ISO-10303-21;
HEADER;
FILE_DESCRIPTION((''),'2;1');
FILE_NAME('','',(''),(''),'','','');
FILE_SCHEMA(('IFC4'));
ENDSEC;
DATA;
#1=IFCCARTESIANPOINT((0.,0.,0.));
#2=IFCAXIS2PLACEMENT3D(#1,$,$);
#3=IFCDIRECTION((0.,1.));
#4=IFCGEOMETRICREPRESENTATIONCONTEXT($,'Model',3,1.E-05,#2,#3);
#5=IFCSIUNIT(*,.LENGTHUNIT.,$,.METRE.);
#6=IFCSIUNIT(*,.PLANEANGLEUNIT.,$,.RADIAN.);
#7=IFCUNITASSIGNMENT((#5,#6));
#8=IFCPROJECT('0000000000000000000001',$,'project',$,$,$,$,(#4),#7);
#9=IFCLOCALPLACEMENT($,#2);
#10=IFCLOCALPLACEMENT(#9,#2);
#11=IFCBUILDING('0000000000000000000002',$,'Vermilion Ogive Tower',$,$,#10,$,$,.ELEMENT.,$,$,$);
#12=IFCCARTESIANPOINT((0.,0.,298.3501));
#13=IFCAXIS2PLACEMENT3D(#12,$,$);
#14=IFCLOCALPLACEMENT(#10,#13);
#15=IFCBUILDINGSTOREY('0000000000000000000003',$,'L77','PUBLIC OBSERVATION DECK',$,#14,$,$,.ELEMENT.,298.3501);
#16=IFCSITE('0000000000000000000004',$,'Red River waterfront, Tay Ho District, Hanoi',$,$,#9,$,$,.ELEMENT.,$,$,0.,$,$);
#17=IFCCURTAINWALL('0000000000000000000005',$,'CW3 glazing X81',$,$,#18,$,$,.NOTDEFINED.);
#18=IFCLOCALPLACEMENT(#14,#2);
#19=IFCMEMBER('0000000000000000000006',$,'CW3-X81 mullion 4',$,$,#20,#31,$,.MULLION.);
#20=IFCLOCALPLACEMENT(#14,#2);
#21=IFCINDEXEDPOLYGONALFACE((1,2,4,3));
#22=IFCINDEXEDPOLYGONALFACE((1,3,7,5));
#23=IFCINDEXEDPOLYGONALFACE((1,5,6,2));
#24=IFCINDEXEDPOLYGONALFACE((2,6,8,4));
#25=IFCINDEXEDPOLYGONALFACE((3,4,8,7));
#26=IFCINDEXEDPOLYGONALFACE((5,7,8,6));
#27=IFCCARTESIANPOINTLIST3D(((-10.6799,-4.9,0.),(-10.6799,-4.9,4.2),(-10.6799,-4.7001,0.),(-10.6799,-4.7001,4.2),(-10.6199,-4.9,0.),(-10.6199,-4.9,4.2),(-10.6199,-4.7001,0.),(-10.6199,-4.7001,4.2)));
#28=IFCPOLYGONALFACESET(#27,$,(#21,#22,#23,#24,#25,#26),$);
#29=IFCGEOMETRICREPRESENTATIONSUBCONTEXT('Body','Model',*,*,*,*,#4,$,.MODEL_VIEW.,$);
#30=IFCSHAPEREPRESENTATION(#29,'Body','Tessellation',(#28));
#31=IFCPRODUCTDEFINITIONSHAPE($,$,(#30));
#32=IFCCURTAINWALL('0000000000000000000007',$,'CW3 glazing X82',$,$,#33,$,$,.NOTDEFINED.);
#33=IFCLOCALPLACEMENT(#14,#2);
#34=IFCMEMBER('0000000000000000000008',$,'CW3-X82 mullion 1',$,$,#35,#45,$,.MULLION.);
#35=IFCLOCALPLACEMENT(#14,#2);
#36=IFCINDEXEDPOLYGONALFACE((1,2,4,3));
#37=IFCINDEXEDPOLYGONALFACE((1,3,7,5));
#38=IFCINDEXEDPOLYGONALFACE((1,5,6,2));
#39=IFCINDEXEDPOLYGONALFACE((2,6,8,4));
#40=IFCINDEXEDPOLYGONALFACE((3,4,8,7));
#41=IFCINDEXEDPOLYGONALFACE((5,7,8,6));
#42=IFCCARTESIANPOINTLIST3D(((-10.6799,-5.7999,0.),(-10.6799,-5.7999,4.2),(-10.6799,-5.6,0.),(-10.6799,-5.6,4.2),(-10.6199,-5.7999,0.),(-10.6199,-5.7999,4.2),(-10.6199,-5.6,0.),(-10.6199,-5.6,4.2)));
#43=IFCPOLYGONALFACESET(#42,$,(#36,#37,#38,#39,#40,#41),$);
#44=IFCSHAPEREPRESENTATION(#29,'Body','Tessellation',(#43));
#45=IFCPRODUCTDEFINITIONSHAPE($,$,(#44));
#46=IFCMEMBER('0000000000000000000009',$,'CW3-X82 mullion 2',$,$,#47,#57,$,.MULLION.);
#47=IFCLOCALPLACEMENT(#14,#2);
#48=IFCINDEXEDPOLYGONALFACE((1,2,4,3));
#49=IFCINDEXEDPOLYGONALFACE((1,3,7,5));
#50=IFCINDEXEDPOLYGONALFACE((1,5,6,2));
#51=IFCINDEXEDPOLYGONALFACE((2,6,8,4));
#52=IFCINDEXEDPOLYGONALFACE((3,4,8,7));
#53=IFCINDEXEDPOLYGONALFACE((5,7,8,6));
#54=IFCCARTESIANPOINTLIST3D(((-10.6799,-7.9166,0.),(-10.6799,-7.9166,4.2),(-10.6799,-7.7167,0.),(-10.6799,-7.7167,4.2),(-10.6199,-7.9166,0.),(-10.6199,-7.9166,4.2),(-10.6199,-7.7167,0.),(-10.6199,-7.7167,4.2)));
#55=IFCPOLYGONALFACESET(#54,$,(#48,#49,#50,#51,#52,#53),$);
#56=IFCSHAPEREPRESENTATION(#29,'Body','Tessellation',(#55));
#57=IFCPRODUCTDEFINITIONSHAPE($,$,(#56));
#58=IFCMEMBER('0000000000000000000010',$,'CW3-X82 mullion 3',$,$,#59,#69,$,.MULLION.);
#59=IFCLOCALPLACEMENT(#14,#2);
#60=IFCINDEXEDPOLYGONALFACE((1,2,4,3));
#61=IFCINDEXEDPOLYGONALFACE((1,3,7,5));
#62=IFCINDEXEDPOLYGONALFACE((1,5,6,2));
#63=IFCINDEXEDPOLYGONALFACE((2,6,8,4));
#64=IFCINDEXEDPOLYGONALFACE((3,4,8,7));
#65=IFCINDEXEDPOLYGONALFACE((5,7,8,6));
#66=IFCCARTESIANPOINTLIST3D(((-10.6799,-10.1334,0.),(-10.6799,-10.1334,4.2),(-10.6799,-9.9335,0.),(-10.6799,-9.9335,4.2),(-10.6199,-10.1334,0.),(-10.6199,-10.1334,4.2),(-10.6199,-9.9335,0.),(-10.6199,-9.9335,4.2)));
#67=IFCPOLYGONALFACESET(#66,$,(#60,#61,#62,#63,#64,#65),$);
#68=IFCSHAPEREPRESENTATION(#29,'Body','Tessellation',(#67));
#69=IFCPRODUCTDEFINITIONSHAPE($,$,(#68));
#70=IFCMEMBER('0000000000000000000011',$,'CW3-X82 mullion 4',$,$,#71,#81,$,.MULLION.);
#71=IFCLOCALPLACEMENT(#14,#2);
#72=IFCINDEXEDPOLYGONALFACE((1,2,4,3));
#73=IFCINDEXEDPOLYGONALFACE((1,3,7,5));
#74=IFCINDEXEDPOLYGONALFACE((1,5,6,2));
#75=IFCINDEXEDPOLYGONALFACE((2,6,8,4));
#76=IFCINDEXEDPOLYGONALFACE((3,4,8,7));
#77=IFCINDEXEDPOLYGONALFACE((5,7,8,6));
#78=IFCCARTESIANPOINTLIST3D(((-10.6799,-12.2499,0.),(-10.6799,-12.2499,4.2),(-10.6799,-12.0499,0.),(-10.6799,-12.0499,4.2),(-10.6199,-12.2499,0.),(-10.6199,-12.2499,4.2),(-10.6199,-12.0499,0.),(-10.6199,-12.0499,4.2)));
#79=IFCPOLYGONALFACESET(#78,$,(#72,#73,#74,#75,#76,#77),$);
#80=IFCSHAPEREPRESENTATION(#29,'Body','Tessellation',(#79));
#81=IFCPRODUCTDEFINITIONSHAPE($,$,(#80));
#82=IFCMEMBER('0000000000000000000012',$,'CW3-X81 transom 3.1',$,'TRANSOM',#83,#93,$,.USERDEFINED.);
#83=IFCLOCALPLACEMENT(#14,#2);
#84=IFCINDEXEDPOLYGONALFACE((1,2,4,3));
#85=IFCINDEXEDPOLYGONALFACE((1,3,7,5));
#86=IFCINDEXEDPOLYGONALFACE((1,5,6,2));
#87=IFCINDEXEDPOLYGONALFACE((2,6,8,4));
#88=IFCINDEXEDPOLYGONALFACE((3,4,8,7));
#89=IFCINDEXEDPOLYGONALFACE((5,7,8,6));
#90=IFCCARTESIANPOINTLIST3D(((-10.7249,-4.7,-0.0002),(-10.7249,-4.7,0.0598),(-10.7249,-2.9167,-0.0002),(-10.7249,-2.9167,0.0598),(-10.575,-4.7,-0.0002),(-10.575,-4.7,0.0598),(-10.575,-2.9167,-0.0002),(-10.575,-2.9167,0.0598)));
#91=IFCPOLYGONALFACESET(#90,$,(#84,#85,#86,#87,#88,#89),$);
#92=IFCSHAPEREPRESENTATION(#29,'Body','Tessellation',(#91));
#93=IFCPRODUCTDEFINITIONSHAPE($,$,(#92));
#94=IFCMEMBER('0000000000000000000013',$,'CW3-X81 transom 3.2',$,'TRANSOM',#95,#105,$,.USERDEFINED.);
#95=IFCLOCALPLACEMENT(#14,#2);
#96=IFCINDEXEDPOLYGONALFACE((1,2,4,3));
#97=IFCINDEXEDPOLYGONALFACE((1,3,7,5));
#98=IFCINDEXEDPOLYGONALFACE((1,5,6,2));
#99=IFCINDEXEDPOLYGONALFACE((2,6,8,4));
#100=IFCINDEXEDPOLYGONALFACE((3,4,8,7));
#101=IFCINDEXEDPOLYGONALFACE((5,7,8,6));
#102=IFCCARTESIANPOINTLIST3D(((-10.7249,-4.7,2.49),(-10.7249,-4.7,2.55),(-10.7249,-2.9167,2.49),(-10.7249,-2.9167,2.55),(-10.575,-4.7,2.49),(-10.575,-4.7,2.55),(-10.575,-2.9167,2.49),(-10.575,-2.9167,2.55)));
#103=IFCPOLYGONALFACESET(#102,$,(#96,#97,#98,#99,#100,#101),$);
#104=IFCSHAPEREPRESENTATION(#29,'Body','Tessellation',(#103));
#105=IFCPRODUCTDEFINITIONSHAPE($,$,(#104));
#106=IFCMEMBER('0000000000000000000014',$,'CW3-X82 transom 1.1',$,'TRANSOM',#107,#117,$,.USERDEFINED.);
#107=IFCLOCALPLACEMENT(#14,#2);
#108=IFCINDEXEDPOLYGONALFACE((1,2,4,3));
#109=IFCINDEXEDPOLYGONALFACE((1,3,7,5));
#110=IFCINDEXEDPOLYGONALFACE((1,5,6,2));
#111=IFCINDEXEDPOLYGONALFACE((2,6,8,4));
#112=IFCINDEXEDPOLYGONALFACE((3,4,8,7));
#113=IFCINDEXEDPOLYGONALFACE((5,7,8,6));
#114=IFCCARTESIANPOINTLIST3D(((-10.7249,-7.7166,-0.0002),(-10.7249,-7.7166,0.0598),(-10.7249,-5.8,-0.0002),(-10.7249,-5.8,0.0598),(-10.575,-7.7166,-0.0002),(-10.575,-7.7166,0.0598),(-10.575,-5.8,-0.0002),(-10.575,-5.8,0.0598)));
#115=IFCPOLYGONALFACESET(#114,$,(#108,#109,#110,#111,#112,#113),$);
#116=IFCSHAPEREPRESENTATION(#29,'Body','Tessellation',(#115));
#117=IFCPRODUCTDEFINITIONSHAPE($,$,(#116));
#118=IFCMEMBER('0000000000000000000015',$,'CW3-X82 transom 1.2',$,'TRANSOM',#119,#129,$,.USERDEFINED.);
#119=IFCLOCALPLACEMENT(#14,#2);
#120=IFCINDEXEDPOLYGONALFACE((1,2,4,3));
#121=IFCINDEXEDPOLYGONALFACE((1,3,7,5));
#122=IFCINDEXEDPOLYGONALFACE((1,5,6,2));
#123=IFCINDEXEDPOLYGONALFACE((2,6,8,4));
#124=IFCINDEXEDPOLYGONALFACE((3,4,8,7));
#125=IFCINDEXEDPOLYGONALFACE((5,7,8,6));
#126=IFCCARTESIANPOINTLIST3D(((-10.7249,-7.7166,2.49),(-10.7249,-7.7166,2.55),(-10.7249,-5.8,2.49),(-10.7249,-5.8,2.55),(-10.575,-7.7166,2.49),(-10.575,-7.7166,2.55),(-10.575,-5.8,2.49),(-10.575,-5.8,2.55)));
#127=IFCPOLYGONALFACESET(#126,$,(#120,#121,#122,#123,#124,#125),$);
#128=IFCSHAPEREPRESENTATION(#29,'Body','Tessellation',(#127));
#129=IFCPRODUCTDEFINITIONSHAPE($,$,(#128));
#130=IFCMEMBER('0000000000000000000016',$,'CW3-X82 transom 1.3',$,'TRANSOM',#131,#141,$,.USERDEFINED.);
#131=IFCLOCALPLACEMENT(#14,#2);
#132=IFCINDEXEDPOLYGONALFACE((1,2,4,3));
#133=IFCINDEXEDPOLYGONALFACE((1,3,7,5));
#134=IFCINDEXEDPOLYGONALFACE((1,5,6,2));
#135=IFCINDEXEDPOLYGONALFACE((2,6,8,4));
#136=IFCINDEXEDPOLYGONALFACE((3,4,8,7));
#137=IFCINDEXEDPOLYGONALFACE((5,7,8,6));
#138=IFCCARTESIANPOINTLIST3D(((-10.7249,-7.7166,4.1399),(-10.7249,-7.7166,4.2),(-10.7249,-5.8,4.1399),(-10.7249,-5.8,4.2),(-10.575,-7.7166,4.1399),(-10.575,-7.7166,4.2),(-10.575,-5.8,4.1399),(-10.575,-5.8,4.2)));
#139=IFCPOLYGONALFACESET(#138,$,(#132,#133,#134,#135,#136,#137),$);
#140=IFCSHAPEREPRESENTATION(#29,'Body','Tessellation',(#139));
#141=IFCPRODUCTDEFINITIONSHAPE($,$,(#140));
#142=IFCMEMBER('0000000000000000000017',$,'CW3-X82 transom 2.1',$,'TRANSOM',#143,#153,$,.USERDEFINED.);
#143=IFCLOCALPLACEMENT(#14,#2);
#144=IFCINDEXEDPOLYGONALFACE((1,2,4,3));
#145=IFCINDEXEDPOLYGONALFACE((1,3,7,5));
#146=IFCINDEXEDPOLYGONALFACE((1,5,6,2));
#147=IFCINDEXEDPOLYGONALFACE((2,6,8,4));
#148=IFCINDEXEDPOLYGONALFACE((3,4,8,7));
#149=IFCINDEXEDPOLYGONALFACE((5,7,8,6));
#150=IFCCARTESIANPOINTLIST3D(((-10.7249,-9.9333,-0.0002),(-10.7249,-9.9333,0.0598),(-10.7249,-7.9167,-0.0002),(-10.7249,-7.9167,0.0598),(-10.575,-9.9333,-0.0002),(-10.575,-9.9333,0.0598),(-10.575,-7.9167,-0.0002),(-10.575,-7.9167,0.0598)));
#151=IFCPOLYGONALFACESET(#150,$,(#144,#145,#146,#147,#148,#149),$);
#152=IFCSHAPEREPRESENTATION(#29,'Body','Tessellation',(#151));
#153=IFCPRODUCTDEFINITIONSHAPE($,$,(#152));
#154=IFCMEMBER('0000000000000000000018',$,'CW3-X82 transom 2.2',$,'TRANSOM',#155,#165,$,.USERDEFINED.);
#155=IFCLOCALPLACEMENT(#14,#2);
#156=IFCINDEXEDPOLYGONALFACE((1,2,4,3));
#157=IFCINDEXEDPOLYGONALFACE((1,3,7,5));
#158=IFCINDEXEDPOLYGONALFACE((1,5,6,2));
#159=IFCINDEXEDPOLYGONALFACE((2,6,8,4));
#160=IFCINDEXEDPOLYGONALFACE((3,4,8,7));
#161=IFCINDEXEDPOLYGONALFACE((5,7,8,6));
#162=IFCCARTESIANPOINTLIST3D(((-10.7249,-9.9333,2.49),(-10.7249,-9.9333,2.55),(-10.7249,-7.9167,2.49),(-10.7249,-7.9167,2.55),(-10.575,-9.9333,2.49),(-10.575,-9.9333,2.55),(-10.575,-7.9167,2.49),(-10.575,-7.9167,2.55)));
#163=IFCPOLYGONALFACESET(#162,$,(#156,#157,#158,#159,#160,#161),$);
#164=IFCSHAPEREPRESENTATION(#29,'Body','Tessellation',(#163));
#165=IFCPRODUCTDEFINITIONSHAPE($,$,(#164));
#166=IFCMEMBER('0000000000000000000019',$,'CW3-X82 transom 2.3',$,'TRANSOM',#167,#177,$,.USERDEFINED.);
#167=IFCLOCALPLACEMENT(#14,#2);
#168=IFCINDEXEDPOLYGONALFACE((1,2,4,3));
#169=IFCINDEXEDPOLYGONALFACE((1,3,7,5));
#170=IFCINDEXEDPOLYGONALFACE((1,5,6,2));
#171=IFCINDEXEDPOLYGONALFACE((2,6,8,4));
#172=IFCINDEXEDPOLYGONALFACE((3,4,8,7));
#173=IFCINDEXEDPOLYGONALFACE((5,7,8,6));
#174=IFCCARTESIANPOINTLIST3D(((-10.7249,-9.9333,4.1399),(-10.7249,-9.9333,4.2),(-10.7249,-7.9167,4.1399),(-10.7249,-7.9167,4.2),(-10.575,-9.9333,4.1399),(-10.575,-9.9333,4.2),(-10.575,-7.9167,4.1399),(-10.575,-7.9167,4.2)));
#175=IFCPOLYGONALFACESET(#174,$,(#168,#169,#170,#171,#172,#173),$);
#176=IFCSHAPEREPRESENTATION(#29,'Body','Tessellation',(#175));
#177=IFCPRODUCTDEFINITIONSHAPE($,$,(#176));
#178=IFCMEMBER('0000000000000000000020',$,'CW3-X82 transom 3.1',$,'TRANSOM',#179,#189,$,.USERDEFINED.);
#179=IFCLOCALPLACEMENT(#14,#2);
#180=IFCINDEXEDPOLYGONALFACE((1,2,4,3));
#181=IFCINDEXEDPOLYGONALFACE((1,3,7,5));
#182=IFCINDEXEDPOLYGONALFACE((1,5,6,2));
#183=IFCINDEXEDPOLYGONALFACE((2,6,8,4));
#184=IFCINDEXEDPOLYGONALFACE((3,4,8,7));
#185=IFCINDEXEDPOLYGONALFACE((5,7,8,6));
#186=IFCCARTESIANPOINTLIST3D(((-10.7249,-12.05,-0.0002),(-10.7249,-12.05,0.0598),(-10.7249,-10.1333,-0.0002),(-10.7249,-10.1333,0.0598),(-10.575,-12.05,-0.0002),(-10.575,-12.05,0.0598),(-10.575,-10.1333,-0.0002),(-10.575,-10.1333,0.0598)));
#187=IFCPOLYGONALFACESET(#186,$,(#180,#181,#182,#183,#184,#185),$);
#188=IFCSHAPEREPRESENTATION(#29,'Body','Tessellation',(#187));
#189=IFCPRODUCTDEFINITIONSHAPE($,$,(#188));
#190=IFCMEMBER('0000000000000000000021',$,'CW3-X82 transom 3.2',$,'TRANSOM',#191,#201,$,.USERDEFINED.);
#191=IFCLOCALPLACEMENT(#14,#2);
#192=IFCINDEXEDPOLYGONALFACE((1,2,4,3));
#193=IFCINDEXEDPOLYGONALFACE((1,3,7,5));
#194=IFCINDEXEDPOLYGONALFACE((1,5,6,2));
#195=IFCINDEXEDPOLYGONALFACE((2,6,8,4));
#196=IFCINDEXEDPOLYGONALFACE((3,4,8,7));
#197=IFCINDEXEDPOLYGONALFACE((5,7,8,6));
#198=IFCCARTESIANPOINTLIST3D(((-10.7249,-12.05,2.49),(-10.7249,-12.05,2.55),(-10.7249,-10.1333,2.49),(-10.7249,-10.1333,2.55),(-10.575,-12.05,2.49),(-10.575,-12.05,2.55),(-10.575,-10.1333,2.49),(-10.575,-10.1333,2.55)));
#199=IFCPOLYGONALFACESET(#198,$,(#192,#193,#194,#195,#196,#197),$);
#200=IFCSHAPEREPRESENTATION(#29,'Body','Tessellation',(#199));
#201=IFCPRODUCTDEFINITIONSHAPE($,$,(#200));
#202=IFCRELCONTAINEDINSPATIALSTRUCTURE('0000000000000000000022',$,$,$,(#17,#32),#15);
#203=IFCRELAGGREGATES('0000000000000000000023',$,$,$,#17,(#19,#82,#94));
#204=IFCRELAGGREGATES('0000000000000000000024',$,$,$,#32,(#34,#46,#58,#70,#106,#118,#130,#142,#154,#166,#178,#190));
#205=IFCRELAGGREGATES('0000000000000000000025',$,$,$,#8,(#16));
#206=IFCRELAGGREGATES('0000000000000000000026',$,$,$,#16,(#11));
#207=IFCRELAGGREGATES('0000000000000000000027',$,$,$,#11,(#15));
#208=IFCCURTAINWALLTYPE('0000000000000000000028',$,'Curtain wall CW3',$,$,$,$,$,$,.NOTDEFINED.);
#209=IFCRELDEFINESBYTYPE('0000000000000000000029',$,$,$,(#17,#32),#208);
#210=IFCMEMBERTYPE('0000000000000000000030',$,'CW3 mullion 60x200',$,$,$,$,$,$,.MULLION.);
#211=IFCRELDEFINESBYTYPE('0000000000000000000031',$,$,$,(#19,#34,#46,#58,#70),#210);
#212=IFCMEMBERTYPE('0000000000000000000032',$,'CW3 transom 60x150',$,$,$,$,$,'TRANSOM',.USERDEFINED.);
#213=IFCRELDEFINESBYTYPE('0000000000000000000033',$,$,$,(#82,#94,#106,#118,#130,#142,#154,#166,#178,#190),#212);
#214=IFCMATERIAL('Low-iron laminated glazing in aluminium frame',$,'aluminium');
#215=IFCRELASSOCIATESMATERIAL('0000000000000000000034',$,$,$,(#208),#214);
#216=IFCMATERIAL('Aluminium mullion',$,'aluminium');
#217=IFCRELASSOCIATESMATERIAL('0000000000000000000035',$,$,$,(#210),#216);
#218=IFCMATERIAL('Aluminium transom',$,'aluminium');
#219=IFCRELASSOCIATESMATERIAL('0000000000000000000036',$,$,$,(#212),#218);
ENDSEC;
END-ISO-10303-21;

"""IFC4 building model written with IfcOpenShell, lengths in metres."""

from ifc_helpers import new_model, si_unit, direction, frame, origin, origin_2d, place, context, subcontext, project, spatial, rectangle, extrude, material, material_profile, profile_set, type_object, element, aggregate, save


model = new_model("IFC4")

# Units and contexts
model_context = context("Model", 3, precision=1e-05, world=origin(), true_north=direction((0.0, 1.0)))
body_context = subcontext(model_context, "Body", "Model", "MODEL_VIEW")
ifc_project = project(units=[si_unit("LENGTHUNIT", "METRE"), si_unit("PLANEANGLEUNIT", "RADIAN")], contexts=[model_context])

# Site, building, storey
site_placement = place(None, origin())
site = spatial("IfcSite", under=ifc_project, at=site_placement, Name="Red River waterfront, Tay Ho District, Hanoi", CompositionType="ELEMENT", RefElevation=0.0)
building_placement = place(site_placement, origin())
building = spatial("IfcBuilding", under=site, at=building_placement, Name="Vermilion Ogive Tower", CompositionType="ELEMENT")
storey_placement = place(building_placement, frame((0.0, 0.0, 298.3501)))
storey = spatial("IfcBuildingStorey", under=building, at=storey_placement, Name="L77", Description="PUBLIC OBSERVATION DECK", CompositionType="ELEMENT", Elevation=298.3501)

# Curtain wall, member
ifc_material_1 = material(Name="Low-iron laminated glazing in aluminium frame", Category="aluminium")
curtain_wall_type = type_object("IfcCurtainWallType", Name="Curtain wall CW3", PredefinedType="NOTDEFINED", material=ifc_material_1)
curtain_wall_1_placement = place(storey_placement, origin())
curtain_wall_1 = element("IfcCurtainWall", 1, at=curtain_wall_1_placement, inside=storey, type_object=curtain_wall_type, Name="CW3 glazing X81", PredefinedType="NOTDEFINED")
ifc_material_2 = material(Name="Aluminium mullion", Category="aluminium")
ifc_material_profile_1 = material_profile(ifc_material_2, rectangle(XDim=0.0601, YDim=0.2, at=origin_2d()), Name="AL 60x200")
ifc_profile_set_1 = profile_set([ifc_material_profile_1], Name="Aluminium mullion")
member_type_1 = type_object("IfcMemberType", Name="CW3 mullion 60x200", PredefinedType="MULLION", material=ifc_profile_set_1)
member_1_placement = place(storey_placement, frame((-10.6499, -4.8, 0.0), z_axis=(0.0, 0.0, 1.0), x_axis=(1.0, 0.0, 0.0)))
member_1 = element("IfcMember", 2, at=member_1_placement, type_object=member_type_1, Name="CW3-X81 mullion 4", PredefinedType="MULLION", context=body_context, shape_type="SweptSolid", body=[
    extrude(rectangle(XDim=0.0601, YDim=0.2, at=origin_2d()), origin(), (0.0, 0.0, 1.0), 4.2),
])

# Curtain wall, members
curtain_wall_2_placement = place(storey_placement, origin())
curtain_wall_2 = element("IfcCurtainWall", 3, at=curtain_wall_2_placement, inside=storey, type_object=curtain_wall_type, Name="CW3 glazing X82", PredefinedType="NOTDEFINED")
member_2_placement = place(storey_placement, frame((-10.6499, -5.7, 0.0), z_axis=(0.0, 0.0, 1.0), x_axis=(1.0, 0.0, 0.0)))
member_2 = element("IfcMember", 4, at=member_2_placement, type_object=member_type_1, Name="CW3-X82 mullion 1", PredefinedType="MULLION", context=body_context, shape_type="SweptSolid", body=[
    extrude(rectangle(XDim=0.0601, YDim=0.2, at=origin_2d()), origin(), (0.0, 0.0, 1.0), 4.2),
])
member_3_placement = place(storey_placement, frame((-10.6499, -7.8167, 0.0), z_axis=(0.0, 0.0, 1.0), x_axis=(1.0, 0.0, 0.0)))
member_3 = element("IfcMember", 5, at=member_3_placement, type_object=member_type_1, Name="CW3-X82 mullion 2", PredefinedType="MULLION", context=body_context, shape_type="SweptSolid", body=[
    extrude(rectangle(XDim=0.0601, YDim=0.2, at=origin_2d()), origin(), (0.0, 0.0, 1.0), 4.2),
])
member_4_placement = place(storey_placement, frame((-10.6499, -10.0334, 0.0), z_axis=(0.0, 0.0, 1.0), x_axis=(1.0, 0.0, 0.0)))
member_4 = element("IfcMember", 6, at=member_4_placement, type_object=member_type_1, Name="CW3-X82 mullion 3", PredefinedType="MULLION", context=body_context, shape_type="SweptSolid", body=[
    extrude(rectangle(XDim=0.0601, YDim=0.2, at=origin_2d()), origin(), (0.0, 0.0, 1.0), 4.2),
])
member_5_placement = place(storey_placement, frame((-10.6499, -12.1499, 0.0), z_axis=(0.0, 0.0, 1.0), x_axis=(1.0, 0.0, 0.0)))
member_5 = element("IfcMember", 7, at=member_5_placement, type_object=member_type_1, Name="CW3-X82 mullion 4", PredefinedType="MULLION", context=body_context, shape_type="SweptSolid", body=[
    extrude(rectangle(XDim=0.0601, YDim=0.2, at=origin_2d()), origin(), (0.0, 0.0, 1.0), 4.2),
])

# Members
ifc_material_3 = material(Name="Aluminium transom", Category="aluminium")
ifc_material_profile_2 = material_profile(ifc_material_3, rectangle(XDim=0.1499, YDim=0.0601, at=origin_2d()), Name="AL 60x150")
ifc_profile_set_2 = profile_set([ifc_material_profile_2], Name="Aluminium transom")
member_type_2 = type_object("IfcMemberType", Name="CW3 transom 60x150", ElementType="TRANSOM", PredefinedType="USERDEFINED", material=ifc_profile_set_2)
member_6_placement = place(storey_placement, frame((-10.6499, -2.9167, 0.0298), z_axis=(0.0, -1.0, 0.0), x_axis=(1.0, 0.0, 0.0)))
member_6 = element("IfcMember", 8, at=member_6_placement, type_object=member_type_2, Name="CW3-X81 transom 3.1", ObjectType="TRANSOM", PredefinedType="USERDEFINED", context=body_context, shape_type="SweptSolid", body=[
    extrude(rectangle(XDim=0.1499, YDim=0.0601, at=origin_2d()), origin(), (0.0, 0.0, 1.0), 1.7832),
])
member_7_placement = place(storey_placement, frame((-10.6499, -2.9167, 2.52), z_axis=(0.0, -1.0, 0.0), x_axis=(1.0, 0.0, 0.0)))
member_7 = element("IfcMember", 9, at=member_7_placement, type_object=member_type_2, Name="CW3-X81 transom 3.2", ObjectType="TRANSOM", PredefinedType="USERDEFINED", context=body_context, shape_type="SweptSolid", body=[
    extrude(rectangle(XDim=0.1499, YDim=0.0601, at=origin_2d()), origin(), (0.0, 0.0, 1.0), 1.7832),
])
member_8_placement = place(storey_placement, frame((-10.6499, -5.8, 0.0298), z_axis=(0.0, -1.0, 0.0), x_axis=(1.0, 0.0, 0.0)))
member_8 = element("IfcMember", 10, at=member_8_placement, type_object=member_type_2, Name="CW3-X82 transom 1.1", ObjectType="TRANSOM", PredefinedType="USERDEFINED", context=body_context, shape_type="SweptSolid", body=[
    extrude(rectangle(XDim=0.1499, YDim=0.0601, at=origin_2d()), origin(), (0.0, 0.0, 1.0), 1.9165),
])
member_9_placement = place(storey_placement, frame((-10.6499, -5.8, 2.52), z_axis=(0.0, -1.0, 0.0), x_axis=(1.0, 0.0, 0.0)))
member_9 = element("IfcMember", 11, at=member_9_placement, type_object=member_type_2, Name="CW3-X82 transom 1.2", ObjectType="TRANSOM", PredefinedType="USERDEFINED", context=body_context, shape_type="SweptSolid", body=[
    extrude(rectangle(XDim=0.1499, YDim=0.0601, at=origin_2d()), origin(), (0.0, 0.0, 1.0), 1.9165),
])
member_10_placement = place(storey_placement, frame((-10.6499, -5.8, 4.1699), z_axis=(0.0, -1.0, 0.0), x_axis=(1.0, 0.0, 0.0)))
member_10 = element("IfcMember", 12, at=member_10_placement, type_object=member_type_2, Name="CW3-X82 transom 1.3", ObjectType="TRANSOM", PredefinedType="USERDEFINED", context=body_context, shape_type="SweptSolid", body=[
    extrude(rectangle(XDim=0.1499, YDim=0.0601, at=origin_2d()), origin(), (0.0, 0.0, 1.0), 1.9165),
])
member_11_placement = place(storey_placement, frame((-10.6499, -7.9167, 0.0298), z_axis=(0.0, -1.0, 0.0), x_axis=(1.0, 0.0, 0.0)))
member_11 = element("IfcMember", 13, at=member_11_placement, type_object=member_type_2, Name="CW3-X82 transom 2.1", ObjectType="TRANSOM", PredefinedType="USERDEFINED", context=body_context, shape_type="SweptSolid", body=[
    extrude(rectangle(XDim=0.1499, YDim=0.0601, at=origin_2d()), origin(), (0.0, 0.0, 1.0), 2.0166),
])
member_12_placement = place(storey_placement, frame((-10.6499, -7.9167, 2.52), z_axis=(0.0, -1.0, 0.0), x_axis=(1.0, 0.0, 0.0)))
member_12 = element("IfcMember", 14, at=member_12_placement, type_object=member_type_2, Name="CW3-X82 transom 2.2", ObjectType="TRANSOM", PredefinedType="USERDEFINED", context=body_context, shape_type="SweptSolid", body=[
    extrude(rectangle(XDim=0.1499, YDim=0.0601, at=origin_2d()), origin(), (0.0, 0.0, 1.0), 2.0166),
])
member_13_placement = place(storey_placement, frame((-10.6499, -7.9167, 4.1699), z_axis=(0.0, -1.0, 0.0), x_axis=(1.0, 0.0, 0.0)))
member_13 = element("IfcMember", 15, at=member_13_placement, type_object=member_type_2, Name="CW3-X82 transom 2.3", ObjectType="TRANSOM", PredefinedType="USERDEFINED", context=body_context, shape_type="SweptSolid", body=[
    extrude(rectangle(XDim=0.1499, YDim=0.0601, at=origin_2d()), origin(), (0.0, 0.0, 1.0), 2.0166),
])
member_14_placement = place(storey_placement, frame((-10.6499, -10.1333, 0.0298), z_axis=(0.0, -1.0, 0.0), x_axis=(1.0, 0.0, 0.0)))
member_14 = element("IfcMember", 16, at=member_14_placement, type_object=member_type_2, Name="CW3-X82 transom 3.1", ObjectType="TRANSOM", PredefinedType="USERDEFINED", context=body_context, shape_type="SweptSolid", body=[
    extrude(rectangle(XDim=0.1499, YDim=0.0601, at=origin_2d()), origin(), (0.0, 0.0, 1.0), 1.9167),
])
member_15_placement = place(storey_placement, frame((-10.6499, -10.1333, 2.52), z_axis=(0.0, -1.0, 0.0), x_axis=(1.0, 0.0, 0.0)))
member_15 = element("IfcMember", 17, at=member_15_placement, type_object=member_type_2, Name="CW3-X82 transom 3.2", ObjectType="TRANSOM", PredefinedType="USERDEFINED", context=body_context, shape_type="SweptSolid", body=[
    extrude(rectangle(XDim=0.1499, YDim=0.0601, at=origin_2d()), origin(), (0.0, 0.0, 1.0), 1.9167),
])

aggregate(curtain_wall_1, [member_1, member_6, member_7])
aggregate(curtain_wall_2, [member_2, member_3, member_4, member_5, member_8, member_9, member_10, member_11, member_12, member_13, member_14, member_15])

save(model, "model.ifc")
